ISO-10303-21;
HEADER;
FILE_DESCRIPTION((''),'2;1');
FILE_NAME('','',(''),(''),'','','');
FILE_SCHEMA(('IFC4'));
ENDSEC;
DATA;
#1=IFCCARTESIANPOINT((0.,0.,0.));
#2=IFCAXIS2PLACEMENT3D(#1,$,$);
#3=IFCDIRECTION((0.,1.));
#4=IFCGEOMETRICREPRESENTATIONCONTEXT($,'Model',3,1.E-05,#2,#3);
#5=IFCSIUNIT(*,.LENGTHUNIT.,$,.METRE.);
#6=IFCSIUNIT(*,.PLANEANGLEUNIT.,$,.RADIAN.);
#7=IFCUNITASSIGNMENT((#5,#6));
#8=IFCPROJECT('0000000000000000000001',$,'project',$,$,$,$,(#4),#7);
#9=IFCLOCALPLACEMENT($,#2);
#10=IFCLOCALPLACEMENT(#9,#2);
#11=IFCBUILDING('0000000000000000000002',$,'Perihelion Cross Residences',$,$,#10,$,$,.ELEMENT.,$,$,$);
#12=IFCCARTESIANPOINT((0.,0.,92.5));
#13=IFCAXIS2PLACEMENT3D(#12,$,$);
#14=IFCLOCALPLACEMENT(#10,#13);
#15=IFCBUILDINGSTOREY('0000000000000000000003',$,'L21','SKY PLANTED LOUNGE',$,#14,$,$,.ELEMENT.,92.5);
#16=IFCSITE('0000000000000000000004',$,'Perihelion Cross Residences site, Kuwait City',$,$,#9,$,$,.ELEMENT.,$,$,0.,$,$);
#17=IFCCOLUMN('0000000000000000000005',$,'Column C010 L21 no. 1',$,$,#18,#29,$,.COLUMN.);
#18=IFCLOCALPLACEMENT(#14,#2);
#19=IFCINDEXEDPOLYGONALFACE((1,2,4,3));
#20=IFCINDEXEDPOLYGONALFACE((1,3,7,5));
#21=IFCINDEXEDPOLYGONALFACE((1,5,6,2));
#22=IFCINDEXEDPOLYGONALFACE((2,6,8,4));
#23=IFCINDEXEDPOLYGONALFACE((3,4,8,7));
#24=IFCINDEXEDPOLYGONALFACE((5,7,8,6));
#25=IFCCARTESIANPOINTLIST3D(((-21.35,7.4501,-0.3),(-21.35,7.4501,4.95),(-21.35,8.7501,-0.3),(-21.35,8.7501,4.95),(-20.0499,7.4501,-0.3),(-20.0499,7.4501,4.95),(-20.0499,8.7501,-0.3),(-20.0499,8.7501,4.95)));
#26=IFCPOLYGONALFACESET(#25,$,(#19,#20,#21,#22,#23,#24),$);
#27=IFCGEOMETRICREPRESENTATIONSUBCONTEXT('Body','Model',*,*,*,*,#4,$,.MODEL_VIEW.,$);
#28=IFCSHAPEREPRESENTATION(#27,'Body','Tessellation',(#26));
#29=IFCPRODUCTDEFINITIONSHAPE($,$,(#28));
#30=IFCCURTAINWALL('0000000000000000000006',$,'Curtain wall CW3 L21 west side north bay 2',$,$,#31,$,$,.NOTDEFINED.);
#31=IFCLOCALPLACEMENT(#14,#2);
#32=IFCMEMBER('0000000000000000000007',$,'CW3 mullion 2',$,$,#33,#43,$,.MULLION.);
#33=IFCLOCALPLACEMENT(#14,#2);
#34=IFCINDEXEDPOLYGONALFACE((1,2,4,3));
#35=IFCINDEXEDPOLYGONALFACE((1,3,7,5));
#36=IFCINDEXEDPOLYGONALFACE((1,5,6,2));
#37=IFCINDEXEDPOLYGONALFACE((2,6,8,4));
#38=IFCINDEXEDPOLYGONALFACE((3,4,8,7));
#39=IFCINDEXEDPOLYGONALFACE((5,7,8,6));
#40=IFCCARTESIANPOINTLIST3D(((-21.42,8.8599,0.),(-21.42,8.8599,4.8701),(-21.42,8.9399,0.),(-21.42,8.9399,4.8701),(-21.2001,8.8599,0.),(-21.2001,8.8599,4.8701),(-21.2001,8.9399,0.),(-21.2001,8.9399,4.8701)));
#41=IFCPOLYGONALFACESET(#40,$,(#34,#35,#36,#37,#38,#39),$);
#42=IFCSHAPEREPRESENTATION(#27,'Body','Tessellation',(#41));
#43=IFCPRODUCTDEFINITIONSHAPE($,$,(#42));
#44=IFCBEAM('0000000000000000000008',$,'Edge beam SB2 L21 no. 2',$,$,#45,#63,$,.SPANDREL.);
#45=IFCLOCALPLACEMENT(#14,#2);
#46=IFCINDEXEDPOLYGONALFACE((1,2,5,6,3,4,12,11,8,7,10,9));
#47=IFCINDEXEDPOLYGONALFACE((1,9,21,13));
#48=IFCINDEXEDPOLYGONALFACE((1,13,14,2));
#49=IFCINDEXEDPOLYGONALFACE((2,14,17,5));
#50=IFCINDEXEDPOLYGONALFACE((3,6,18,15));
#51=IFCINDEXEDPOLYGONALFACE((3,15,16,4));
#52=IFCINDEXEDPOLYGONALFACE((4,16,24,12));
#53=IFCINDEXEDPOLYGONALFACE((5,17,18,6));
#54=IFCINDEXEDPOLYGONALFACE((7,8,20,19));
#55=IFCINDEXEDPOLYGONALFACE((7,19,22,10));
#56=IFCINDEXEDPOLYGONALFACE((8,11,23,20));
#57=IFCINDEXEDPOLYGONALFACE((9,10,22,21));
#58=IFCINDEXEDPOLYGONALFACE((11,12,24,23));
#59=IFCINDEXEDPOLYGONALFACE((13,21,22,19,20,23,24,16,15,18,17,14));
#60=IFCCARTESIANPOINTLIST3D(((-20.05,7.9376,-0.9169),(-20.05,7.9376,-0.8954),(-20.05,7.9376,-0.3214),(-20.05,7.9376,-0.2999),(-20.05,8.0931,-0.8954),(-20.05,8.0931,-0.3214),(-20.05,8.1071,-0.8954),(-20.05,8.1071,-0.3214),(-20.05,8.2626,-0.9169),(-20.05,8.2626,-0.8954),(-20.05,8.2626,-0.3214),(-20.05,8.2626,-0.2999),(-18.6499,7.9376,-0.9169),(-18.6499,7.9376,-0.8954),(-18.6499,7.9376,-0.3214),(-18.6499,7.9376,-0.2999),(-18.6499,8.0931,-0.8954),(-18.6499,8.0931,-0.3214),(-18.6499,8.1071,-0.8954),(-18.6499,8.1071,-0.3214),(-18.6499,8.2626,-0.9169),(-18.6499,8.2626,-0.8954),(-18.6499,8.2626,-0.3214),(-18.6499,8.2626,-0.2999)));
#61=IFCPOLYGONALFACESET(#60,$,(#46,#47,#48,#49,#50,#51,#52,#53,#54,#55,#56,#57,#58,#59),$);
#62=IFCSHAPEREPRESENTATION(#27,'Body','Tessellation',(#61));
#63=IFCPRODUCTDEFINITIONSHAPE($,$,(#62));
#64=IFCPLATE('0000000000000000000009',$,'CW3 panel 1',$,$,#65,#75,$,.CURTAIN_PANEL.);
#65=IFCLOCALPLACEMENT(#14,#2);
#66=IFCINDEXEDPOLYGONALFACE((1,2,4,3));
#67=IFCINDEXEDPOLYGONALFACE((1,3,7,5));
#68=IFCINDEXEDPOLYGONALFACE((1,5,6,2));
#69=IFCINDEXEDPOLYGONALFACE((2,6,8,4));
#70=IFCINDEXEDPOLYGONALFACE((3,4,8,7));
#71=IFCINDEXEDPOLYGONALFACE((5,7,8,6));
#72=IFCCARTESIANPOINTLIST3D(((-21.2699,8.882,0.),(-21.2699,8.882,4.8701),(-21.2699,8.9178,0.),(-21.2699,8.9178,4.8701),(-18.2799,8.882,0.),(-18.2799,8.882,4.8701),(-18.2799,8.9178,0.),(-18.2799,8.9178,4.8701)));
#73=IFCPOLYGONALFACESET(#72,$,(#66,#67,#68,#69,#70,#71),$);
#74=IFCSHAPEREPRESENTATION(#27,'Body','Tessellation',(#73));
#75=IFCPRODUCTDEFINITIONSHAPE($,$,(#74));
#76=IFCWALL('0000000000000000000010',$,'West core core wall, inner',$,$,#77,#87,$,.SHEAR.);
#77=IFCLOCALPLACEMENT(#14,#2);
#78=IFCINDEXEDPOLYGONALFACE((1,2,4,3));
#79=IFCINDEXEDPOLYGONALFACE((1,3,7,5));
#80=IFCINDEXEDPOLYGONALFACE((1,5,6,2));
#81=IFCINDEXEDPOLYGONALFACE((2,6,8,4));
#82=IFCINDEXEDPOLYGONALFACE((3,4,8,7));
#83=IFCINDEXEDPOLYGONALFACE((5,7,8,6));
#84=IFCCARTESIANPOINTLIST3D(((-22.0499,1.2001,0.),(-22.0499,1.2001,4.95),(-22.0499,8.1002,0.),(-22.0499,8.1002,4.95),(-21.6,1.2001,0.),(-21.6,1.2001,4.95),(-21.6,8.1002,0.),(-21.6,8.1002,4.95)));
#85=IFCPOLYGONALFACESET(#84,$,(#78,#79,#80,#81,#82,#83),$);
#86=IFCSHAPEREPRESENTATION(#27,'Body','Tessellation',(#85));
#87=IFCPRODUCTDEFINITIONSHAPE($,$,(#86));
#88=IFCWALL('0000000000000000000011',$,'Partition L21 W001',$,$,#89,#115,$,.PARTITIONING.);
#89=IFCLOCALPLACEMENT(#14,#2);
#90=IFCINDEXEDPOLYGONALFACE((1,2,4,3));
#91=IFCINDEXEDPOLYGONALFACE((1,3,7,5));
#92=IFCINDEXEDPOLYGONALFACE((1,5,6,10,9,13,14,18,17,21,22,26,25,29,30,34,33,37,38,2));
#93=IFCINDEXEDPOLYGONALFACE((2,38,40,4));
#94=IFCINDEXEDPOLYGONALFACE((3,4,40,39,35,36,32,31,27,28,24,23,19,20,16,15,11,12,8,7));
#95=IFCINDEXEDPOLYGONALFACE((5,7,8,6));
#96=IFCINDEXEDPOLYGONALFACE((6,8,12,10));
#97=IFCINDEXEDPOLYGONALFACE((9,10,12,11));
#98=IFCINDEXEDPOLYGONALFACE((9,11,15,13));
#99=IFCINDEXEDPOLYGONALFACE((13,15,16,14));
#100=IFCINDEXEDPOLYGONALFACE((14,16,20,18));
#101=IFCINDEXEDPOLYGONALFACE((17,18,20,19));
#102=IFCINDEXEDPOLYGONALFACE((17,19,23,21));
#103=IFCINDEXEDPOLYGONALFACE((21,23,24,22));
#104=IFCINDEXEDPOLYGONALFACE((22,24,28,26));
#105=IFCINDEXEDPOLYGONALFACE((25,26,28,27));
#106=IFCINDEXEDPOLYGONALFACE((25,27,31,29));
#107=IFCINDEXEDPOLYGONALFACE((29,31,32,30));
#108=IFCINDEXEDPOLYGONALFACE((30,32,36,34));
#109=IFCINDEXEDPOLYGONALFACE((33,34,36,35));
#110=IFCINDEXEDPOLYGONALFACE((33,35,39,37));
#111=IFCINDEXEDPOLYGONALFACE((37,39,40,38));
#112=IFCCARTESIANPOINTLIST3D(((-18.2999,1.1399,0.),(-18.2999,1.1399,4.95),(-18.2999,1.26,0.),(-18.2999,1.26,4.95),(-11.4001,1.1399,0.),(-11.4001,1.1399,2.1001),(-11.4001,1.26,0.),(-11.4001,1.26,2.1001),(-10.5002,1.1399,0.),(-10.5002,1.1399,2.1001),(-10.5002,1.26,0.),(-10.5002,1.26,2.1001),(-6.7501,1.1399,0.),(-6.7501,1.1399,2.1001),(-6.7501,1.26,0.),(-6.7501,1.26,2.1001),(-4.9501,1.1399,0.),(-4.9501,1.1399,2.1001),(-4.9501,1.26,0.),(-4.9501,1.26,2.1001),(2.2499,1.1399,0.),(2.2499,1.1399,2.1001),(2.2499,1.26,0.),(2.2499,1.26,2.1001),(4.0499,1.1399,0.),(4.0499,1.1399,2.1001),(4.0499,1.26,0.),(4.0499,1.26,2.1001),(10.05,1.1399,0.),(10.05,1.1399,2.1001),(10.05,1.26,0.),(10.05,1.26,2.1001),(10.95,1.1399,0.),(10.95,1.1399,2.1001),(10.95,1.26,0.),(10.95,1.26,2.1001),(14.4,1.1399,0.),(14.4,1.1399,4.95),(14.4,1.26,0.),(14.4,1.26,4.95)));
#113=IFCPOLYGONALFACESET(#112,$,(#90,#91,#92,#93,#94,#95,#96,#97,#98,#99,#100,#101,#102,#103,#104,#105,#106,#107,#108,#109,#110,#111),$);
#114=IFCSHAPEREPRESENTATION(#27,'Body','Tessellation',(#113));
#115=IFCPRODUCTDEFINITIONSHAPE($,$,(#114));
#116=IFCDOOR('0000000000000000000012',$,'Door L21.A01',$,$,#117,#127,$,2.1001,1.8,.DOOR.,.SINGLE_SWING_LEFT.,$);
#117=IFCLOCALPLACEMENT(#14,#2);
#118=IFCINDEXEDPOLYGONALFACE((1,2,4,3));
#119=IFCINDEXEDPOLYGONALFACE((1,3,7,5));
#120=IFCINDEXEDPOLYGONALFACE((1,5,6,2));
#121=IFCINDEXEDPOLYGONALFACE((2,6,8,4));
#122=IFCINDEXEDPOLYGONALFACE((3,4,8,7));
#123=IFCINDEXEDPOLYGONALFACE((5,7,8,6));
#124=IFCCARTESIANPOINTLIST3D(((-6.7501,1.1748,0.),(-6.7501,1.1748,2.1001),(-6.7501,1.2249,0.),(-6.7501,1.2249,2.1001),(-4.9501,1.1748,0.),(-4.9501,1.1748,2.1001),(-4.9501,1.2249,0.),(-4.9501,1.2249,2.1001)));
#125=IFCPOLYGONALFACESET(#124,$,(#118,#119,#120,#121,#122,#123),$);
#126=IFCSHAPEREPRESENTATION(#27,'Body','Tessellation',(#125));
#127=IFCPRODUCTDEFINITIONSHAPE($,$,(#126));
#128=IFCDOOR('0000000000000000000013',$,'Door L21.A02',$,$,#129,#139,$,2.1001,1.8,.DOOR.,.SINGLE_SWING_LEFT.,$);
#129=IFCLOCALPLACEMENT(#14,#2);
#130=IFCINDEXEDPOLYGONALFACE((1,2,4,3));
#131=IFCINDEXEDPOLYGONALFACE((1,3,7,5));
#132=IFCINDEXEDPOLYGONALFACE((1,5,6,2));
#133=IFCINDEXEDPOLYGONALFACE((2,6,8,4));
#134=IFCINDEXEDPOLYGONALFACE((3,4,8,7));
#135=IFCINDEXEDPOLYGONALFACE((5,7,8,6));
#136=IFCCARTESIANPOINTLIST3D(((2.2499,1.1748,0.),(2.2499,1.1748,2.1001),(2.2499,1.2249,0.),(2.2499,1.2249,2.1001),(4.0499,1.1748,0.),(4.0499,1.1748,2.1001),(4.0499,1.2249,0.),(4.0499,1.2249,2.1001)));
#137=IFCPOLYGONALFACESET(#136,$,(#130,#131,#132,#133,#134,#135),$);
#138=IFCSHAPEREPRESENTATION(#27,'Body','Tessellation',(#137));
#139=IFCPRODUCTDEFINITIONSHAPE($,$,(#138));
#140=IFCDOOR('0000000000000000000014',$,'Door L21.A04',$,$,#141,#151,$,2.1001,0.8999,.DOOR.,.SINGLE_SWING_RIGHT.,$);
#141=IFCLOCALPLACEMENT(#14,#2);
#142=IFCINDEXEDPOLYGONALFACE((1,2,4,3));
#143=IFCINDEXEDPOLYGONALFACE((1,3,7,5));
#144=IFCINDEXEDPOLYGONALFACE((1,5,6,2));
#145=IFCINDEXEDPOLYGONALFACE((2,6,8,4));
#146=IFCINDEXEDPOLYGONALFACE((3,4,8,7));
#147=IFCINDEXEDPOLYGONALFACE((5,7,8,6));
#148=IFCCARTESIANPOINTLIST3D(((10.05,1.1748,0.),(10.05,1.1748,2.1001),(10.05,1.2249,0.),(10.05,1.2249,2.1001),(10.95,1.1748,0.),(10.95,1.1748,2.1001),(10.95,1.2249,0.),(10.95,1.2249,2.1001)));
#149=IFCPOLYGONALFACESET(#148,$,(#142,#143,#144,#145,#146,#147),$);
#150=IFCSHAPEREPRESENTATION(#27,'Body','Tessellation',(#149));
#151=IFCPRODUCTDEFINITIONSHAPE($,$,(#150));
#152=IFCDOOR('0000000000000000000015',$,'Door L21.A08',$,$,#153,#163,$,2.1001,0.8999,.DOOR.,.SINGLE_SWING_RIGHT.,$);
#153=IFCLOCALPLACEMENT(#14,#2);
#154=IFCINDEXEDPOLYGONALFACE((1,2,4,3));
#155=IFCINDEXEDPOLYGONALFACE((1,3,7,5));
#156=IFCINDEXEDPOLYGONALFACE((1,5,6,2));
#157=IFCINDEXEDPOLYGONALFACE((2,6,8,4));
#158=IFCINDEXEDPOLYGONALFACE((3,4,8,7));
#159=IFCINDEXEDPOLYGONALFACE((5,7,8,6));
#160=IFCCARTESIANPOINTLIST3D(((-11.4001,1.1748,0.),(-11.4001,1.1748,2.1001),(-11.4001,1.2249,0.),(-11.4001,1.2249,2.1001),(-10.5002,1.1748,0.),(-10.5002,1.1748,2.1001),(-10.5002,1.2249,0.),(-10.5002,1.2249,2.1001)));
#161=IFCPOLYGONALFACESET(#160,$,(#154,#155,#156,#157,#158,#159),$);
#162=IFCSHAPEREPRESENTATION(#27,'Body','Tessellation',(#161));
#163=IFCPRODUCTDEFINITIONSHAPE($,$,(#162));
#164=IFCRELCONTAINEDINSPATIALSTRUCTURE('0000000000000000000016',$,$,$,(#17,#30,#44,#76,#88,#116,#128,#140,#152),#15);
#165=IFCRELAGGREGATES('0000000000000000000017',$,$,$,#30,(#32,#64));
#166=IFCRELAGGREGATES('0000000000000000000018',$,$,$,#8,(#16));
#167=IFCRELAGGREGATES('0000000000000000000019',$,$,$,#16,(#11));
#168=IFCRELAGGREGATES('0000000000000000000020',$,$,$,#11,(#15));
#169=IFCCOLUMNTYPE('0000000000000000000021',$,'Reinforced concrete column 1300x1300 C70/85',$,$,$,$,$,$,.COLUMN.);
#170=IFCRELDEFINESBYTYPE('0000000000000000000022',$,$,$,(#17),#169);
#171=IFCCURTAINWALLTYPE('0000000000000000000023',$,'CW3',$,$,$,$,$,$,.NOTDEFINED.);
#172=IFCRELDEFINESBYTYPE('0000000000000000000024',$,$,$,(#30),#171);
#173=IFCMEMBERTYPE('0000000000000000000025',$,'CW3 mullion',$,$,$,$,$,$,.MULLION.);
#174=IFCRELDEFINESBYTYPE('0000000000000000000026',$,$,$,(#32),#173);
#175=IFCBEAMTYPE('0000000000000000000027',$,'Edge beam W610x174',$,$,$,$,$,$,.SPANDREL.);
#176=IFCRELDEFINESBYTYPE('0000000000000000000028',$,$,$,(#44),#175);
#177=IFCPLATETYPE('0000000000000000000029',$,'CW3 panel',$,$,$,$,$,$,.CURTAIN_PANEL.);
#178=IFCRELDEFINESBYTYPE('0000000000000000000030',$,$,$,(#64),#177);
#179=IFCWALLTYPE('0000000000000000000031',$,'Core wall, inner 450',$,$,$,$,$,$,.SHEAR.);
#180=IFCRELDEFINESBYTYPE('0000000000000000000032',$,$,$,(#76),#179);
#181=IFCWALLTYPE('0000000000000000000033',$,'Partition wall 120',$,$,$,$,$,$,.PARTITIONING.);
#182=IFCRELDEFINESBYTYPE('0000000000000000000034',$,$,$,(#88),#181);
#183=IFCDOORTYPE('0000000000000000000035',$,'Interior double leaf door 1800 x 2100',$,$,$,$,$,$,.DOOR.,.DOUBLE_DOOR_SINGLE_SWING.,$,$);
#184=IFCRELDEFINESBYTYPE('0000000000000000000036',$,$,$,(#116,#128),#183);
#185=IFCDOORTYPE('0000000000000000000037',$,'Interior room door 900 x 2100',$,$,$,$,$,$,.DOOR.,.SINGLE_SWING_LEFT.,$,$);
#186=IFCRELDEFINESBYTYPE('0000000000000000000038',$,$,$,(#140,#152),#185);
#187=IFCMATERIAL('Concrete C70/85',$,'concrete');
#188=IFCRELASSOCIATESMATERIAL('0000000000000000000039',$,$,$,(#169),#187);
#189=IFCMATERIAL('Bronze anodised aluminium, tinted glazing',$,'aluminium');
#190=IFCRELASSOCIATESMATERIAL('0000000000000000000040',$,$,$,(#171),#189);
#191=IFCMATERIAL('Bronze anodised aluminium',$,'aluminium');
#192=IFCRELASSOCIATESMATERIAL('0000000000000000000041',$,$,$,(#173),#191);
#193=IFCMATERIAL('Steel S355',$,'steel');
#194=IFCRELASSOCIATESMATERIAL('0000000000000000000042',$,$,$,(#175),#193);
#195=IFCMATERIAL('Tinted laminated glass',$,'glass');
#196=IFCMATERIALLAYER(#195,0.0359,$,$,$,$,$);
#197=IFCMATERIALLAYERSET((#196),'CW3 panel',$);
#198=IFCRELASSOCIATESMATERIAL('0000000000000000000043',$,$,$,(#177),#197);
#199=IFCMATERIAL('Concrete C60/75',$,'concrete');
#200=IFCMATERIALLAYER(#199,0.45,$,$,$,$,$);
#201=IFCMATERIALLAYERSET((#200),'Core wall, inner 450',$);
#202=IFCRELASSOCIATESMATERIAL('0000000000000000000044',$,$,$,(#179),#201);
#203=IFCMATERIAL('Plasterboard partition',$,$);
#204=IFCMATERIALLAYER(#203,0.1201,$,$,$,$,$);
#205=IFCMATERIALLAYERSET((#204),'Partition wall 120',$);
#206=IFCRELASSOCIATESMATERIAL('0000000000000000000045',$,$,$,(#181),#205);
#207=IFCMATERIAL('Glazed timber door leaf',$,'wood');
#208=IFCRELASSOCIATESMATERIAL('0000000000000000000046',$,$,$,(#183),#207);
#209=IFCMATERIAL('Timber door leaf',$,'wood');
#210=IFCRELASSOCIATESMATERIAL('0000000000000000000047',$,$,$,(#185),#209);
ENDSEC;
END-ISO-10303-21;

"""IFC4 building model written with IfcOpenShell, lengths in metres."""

from ifc_helpers import new_model, si_unit, direction, frame, frame_2d, origin, origin_2d, place, context, subcontext, project, spatial, rectangle, i_section, extrude, material, layer, layer_set, material_profile, profile_set, type_object, element, fill, aggregate, save


model = new_model("IFC4")

# Units and contexts
model_context = context("Model", 3, precision=1e-05, world=origin(), true_north=direction((0.0, 1.0)))
body_context = subcontext(model_context, "Body", "Model", "MODEL_VIEW")
ifc_project = project(units=[si_unit("LENGTHUNIT", "METRE"), si_unit("PLANEANGLEUNIT", "RADIAN")], contexts=[model_context])

# Site, building, storey
site_placement = place(None, origin())
site = spatial("IfcSite", under=ifc_project, at=site_placement, Name="Perihelion Cross Residences site, Kuwait City", CompositionType="ELEMENT", RefElevation=0.0)
building_placement = place(site_placement, origin())
building = spatial("IfcBuilding", under=site, at=building_placement, Name="Perihelion Cross Residences", CompositionType="ELEMENT")
storey_placement = place(building_placement, frame((0.0, 0.0, 92.5)))
storey = spatial("IfcBuildingStorey", under=building, at=storey_placement, Name="L21", Description="SKY PLANTED LOUNGE", CompositionType="ELEMENT", Elevation=92.5)

# Column
ifc_material_1 = material(Name="Concrete C70/85", Category="concrete")
ifc_material_profile_1 = material_profile(ifc_material_1, rectangle(XDim=1.3, YDim=1.3, at=origin_2d()), Name="RC 1300x1300")
ifc_profile_set_1 = profile_set([ifc_material_profile_1], Name="Concrete C70/85")
column_type = type_object("IfcColumnType", Name="Reinforced concrete column 1300x1300 C70/85", PredefinedType="COLUMN", material=ifc_profile_set_1)
column_placement = place(storey_placement, frame((-20.7, 8.1001, -0.3), z_axis=(0.0, 0.0, 1.0), x_axis=(1.0, 0.0, 0.0)))
element("IfcColumn", 1, at=column_placement, inside=storey, type_object=column_type, Name="Column C010 L21 no. 1", PredefinedType="COLUMN", context=body_context, shape_type="SweptSolid", body=[
    extrude(rectangle(XDim=1.3, YDim=1.3, at=origin_2d()), origin(), (0.0, 0.0, 1.0), 5.25),
])

# Curtain wall, member
ifc_material_2 = material(Name="Bronze anodised aluminium, tinted glazing", Category="aluminium")
curtain_wall_type = type_object("IfcCurtainWallType", Name="CW3", PredefinedType="NOTDEFINED", material=ifc_material_2)
curtain_wall_placement = place(storey_placement, origin())
curtain_wall = element("IfcCurtainWall", 2, at=curtain_wall_placement, inside=storey, type_object=curtain_wall_type, Name="Curtain wall CW3 L21 west side north bay 2", PredefinedType="NOTDEFINED")
ifc_material_3 = material(Name="Bronze anodised aluminium", Category="aluminium")
ifc_material_profile_2 = material_profile(ifc_material_3, rectangle(XDim=0.0801, YDim=0.22, at=origin_2d()), Name="CW3 mullion")
ifc_profile_set_2 = profile_set([ifc_material_profile_2], Name="Bronze anodised aluminium")
member_type = type_object("IfcMemberType", Name="CW3 mullion", PredefinedType="MULLION", material=ifc_profile_set_2)
member_placement = place(storey_placement, frame((-21.3101, 8.8999, 0.0), z_axis=(0.0, 0.0, 1.0), x_axis=(0.0, -1.0, 0.0)))
member = element("IfcMember", 3, at=member_placement, type_object=member_type, Name="CW3 mullion 2", PredefinedType="MULLION", context=body_context, shape_type="SweptSolid", body=[
    extrude(rectangle(XDim=0.0801, YDim=0.22, at=origin_2d()), origin(), (0.0, 0.0, 1.0), 4.8701),
])

# Beam
ifc_material_4 = material(Name="Steel S355", Category="steel")
ifc_material_profile_3 = material_profile(ifc_material_4, i_section(OverallWidth=0.325, OverallDepth=0.6169, WebThickness=0.0139, FlangeThickness=0.0215, at=origin_2d()), Name="W610x174")
ifc_profile_set_3 = profile_set([ifc_material_profile_3], Name="Steel S355")
beam_type = type_object("IfcBeamType", Name="Edge beam W610x174", PredefinedType="SPANDREL", material=ifc_profile_set_3)
beam_placement = place(storey_placement, frame((-18.6499, 8.1001, -0.6084), z_axis=(-1.0, 0.0, 0.0), x_axis=(0.0, -1.0, 0.0)))
element("IfcBeam", 4, at=beam_placement, inside=storey, type_object=beam_type, Name="Edge beam SB2 L21 no. 2", PredefinedType="SPANDREL", context=body_context, shape_type="SweptSolid", body=[
    extrude(i_section(OverallWidth=0.325, OverallDepth=0.6169, WebThickness=0.0139, FlangeThickness=0.0215, at=origin_2d()), origin(), (0.0, 0.0, 1.0), 1.4001),
])

# Plate
ifc_material_5 = material(Name="Tinted laminated glass", Category="glass")
ifc_layer_1 = layer(ifc_material_5, 0.0359)
ifc_layer_set_1 = layer_set([ifc_layer_1], Name="CW3 panel")
plate_type = type_object("IfcPlateType", Name="CW3 panel", PredefinedType="CURTAIN_PANEL", material=ifc_layer_set_1)
plate_placement = place(storey_placement, frame((-19.7749, 8.8999, 0.0), z_axis=(0.0, 0.0, 1.0), x_axis=(-1.0, 0.0, 0.0)))
plate = element("IfcPlate", 5, at=plate_placement, type_object=plate_type, Name="CW3 panel 1", PredefinedType="CURTAIN_PANEL", context=body_context, shape_type="SweptSolid", body=[
    extrude(rectangle(XDim=2.99, YDim=0.0359, at=origin_2d()), origin(), (0.0, 0.0, 1.0), 4.8701),
])
aggregate(curtain_wall, [member, plate])

# Wall
ifc_material_6 = material(Name="Concrete C60/75", Category="concrete")
ifc_layer_2 = layer(ifc_material_6, 0.45)
ifc_layer_set_2 = layer_set([ifc_layer_2], Name="Core wall, inner 450")
wall_type_1 = type_object("IfcWallType", Name="Core wall, inner 450", PredefinedType="SHEAR", material=ifc_layer_set_2)
wall_1_placement = place(storey_placement, frame((-21.825, 1.2, 0.0), z_axis=(0.0, 0.0, 1.0), x_axis=(0.0, 1.0, 0.0)))
element("IfcWall", 6, at=wall_1_placement, inside=storey, type_object=wall_type_1, Name="West core core wall, inner", PredefinedType="SHEAR", context=body_context, shape_type="SweptSolid", body=[
    extrude(rectangle(XDim=6.9001, YDim=0.45, at=frame_2d((3.4502, 0.0))), origin(), (0.0, 0.0, 1.0), 4.95),
])

# Wall, openings, doors
ifc_material_7 = material(Name="Plasterboard partition")
ifc_layer_3 = layer(ifc_material_7, 0.1201)
ifc_layer_set_3 = layer_set([ifc_layer_3], Name="Partition wall 120")
wall_type_2 = type_object("IfcWallType", Name="Partition wall 120", PredefinedType="PARTITIONING", material=ifc_layer_set_3)
wall_2_placement = place(storey_placement, frame((-18.3, 1.2, 0.0), z_axis=(0.0, 0.0, 1.0), x_axis=(1.0, 0.0, 0.0)))
wall_2 = element("IfcWall", 7, at=wall_2_placement, inside=storey, type_object=wall_type_2, Name="Partition L21 W001", PredefinedType="PARTITIONING", context=body_context, shape_type="SweptSolid", body=[
    extrude(rectangle(XDim=32.7, YDim=0.1201, at=frame_2d((16.3501, 0.0))), origin(), (0.0, 0.0, 1.0), 4.95),
])
opening_1_placement = place(wall_2_placement, frame((11.55, 0.0, 0.0)))
opening_1 = element("IfcOpeningElement", 8, at=opening_1_placement, cuts=wall_2, PredefinedType="OPENING", context=body_context, shape_type="SweptSolid", body=[
    extrude(rectangle(XDim=1.8, YDim=2.1001, at=frame_2d((0.8999, 1.05))), frame((0.0, 0.0701, 0.0), z_axis=(0.0, -1.0, 0.0), x_axis=(1.0, 0.0, 0.0)), (0.0, 0.0, 1.0), 0.1401),
])
opening_2_placement = place(wall_2_placement, frame((20.55, 0.0, 0.0)))
opening_2 = element("IfcOpeningElement", 9, at=opening_2_placement, cuts=wall_2, PredefinedType="OPENING", context=body_context, shape_type="SweptSolid", body=[
    extrude(rectangle(XDim=1.8, YDim=2.1001, at=frame_2d((0.8999, 1.05))), frame((0.0, 0.0701, 0.0), z_axis=(0.0, -1.0, 0.0), x_axis=(1.0, 0.0, 0.0)), (0.0, 0.0, 1.0), 0.1401),
])
opening_3_placement = place(wall_2_placement, frame((28.3501, 0.0, 0.0)))
opening_3 = element("IfcOpeningElement", 10, at=opening_3_placement, cuts=wall_2, PredefinedType="OPENING", context=body_context, shape_type="SweptSolid", body=[
    extrude(rectangle(XDim=0.8999, YDim=2.1001, at=frame_2d((0.45, 1.05))), frame((0.0, 0.0701, 0.0), z_axis=(0.0, -1.0, 0.0), x_axis=(1.0, 0.0, 0.0)), (0.0, 0.0, 1.0), 0.1401),
])
opening_4_placement = place(wall_2_placement, frame((6.8999, 0.0, 0.0)))
opening_4 = element("IfcOpeningElement", 11, at=opening_4_placement, cuts=wall_2, PredefinedType="OPENING", context=body_context, shape_type="SweptSolid", body=[
    extrude(rectangle(XDim=0.8999, YDim=2.1001, at=frame_2d((0.45, 1.05))), frame((0.0, 0.0701, 0.0), z_axis=(0.0, -1.0, 0.0), x_axis=(1.0, 0.0, 0.0)), (0.0, 0.0, 1.0), 0.1401),
])
ifc_material_8 = material(Name="Glazed timber door leaf", Category="wood")
door_type_1 = type_object("IfcDoorType", Name="Interior double leaf door 1800 x 2100", OperationType="DOUBLE_DOOR_SINGLE_SWING", PredefinedType="DOOR", material=ifc_material_8)
door_1_placement = place(opening_1_placement, origin())
door_1 = element("IfcDoor", 12, at=door_1_placement, inside=storey, type_object=door_type_1, Name="Door L21.A01", OperationType="SINGLE_SWING_LEFT", OverallHeight=2.1001, OverallWidth=1.8, PredefinedType="DOOR", context=body_context, shape_type="SweptSolid", body=[
    extrude(rectangle(XDim=1.8, YDim=2.1001, at=frame_2d((0.8999, 1.05))), frame((0.0, 0.0249, 0.0), z_axis=(0.0, -1.0, 0.0), x_axis=(1.0, 0.0, 0.0)), (0.0, 0.0, 1.0), 0.05),
])
fill(opening_1, door_1)
door_2_placement = place(opening_2_placement, origin())
door_2 = element("IfcDoor", 13, at=door_2_placement, inside=storey, type_object=door_type_1, Name="Door L21.A02", OperationType="SINGLE_SWING_LEFT", OverallHeight=2.1001, OverallWidth=1.8, PredefinedType="DOOR", context=body_context, shape_type="SweptSolid", body=[
    extrude(rectangle(XDim=1.8, YDim=2.1001, at=frame_2d((0.8999, 1.05))), frame((0.0, 0.0249, 0.0), z_axis=(0.0, -1.0, 0.0), x_axis=(1.0, 0.0, 0.0)), (0.0, 0.0, 1.0), 0.05),
])
fill(opening_2, door_2)
ifc_material_9 = material(Name="Timber door leaf", Category="wood")
door_type_2 = type_object("IfcDoorType", Name="Interior room door 900 x 2100", OperationType="SINGLE_SWING_LEFT", PredefinedType="DOOR", material=ifc_material_9)
door_3_placement = place(opening_3_placement, origin())
door_3 = element("IfcDoor", 14, at=door_3_placement, inside=storey, type_object=door_type_2, Name="Door L21.A04", OperationType="SINGLE_SWING_RIGHT", OverallHeight=2.1001, OverallWidth=0.8999, PredefinedType="DOOR", context=body_context, shape_type="SweptSolid", body=[
    extrude(rectangle(XDim=0.8999, YDim=2.1001, at=frame_2d((0.45, 1.05))), frame((0.0, 0.0249, 0.0), z_axis=(0.0, -1.0, 0.0), x_axis=(1.0, 0.0, 0.0)), (0.0, 0.0, 1.0), 0.05),
])
fill(opening_3, door_3)
door_4_placement = place(opening_4_placement, origin())
door_4 = element("IfcDoor", 15, at=door_4_placement, inside=storey, type_object=door_type_2, Name="Door L21.A08", OperationType="SINGLE_SWING_RIGHT", OverallHeight=2.1001, OverallWidth=0.8999, PredefinedType="DOOR", context=body_context, shape_type="SweptSolid", body=[
    extrude(rectangle(XDim=0.8999, YDim=2.1001, at=frame_2d((0.45, 1.05))), frame((0.0, 0.0249, 0.0), z_axis=(0.0, -1.0, 0.0), x_axis=(1.0, 0.0, 0.0)), (0.0, 0.0, 1.0), 0.05),
])
fill(opening_4, door_4)

save(model, "model.ifc")
